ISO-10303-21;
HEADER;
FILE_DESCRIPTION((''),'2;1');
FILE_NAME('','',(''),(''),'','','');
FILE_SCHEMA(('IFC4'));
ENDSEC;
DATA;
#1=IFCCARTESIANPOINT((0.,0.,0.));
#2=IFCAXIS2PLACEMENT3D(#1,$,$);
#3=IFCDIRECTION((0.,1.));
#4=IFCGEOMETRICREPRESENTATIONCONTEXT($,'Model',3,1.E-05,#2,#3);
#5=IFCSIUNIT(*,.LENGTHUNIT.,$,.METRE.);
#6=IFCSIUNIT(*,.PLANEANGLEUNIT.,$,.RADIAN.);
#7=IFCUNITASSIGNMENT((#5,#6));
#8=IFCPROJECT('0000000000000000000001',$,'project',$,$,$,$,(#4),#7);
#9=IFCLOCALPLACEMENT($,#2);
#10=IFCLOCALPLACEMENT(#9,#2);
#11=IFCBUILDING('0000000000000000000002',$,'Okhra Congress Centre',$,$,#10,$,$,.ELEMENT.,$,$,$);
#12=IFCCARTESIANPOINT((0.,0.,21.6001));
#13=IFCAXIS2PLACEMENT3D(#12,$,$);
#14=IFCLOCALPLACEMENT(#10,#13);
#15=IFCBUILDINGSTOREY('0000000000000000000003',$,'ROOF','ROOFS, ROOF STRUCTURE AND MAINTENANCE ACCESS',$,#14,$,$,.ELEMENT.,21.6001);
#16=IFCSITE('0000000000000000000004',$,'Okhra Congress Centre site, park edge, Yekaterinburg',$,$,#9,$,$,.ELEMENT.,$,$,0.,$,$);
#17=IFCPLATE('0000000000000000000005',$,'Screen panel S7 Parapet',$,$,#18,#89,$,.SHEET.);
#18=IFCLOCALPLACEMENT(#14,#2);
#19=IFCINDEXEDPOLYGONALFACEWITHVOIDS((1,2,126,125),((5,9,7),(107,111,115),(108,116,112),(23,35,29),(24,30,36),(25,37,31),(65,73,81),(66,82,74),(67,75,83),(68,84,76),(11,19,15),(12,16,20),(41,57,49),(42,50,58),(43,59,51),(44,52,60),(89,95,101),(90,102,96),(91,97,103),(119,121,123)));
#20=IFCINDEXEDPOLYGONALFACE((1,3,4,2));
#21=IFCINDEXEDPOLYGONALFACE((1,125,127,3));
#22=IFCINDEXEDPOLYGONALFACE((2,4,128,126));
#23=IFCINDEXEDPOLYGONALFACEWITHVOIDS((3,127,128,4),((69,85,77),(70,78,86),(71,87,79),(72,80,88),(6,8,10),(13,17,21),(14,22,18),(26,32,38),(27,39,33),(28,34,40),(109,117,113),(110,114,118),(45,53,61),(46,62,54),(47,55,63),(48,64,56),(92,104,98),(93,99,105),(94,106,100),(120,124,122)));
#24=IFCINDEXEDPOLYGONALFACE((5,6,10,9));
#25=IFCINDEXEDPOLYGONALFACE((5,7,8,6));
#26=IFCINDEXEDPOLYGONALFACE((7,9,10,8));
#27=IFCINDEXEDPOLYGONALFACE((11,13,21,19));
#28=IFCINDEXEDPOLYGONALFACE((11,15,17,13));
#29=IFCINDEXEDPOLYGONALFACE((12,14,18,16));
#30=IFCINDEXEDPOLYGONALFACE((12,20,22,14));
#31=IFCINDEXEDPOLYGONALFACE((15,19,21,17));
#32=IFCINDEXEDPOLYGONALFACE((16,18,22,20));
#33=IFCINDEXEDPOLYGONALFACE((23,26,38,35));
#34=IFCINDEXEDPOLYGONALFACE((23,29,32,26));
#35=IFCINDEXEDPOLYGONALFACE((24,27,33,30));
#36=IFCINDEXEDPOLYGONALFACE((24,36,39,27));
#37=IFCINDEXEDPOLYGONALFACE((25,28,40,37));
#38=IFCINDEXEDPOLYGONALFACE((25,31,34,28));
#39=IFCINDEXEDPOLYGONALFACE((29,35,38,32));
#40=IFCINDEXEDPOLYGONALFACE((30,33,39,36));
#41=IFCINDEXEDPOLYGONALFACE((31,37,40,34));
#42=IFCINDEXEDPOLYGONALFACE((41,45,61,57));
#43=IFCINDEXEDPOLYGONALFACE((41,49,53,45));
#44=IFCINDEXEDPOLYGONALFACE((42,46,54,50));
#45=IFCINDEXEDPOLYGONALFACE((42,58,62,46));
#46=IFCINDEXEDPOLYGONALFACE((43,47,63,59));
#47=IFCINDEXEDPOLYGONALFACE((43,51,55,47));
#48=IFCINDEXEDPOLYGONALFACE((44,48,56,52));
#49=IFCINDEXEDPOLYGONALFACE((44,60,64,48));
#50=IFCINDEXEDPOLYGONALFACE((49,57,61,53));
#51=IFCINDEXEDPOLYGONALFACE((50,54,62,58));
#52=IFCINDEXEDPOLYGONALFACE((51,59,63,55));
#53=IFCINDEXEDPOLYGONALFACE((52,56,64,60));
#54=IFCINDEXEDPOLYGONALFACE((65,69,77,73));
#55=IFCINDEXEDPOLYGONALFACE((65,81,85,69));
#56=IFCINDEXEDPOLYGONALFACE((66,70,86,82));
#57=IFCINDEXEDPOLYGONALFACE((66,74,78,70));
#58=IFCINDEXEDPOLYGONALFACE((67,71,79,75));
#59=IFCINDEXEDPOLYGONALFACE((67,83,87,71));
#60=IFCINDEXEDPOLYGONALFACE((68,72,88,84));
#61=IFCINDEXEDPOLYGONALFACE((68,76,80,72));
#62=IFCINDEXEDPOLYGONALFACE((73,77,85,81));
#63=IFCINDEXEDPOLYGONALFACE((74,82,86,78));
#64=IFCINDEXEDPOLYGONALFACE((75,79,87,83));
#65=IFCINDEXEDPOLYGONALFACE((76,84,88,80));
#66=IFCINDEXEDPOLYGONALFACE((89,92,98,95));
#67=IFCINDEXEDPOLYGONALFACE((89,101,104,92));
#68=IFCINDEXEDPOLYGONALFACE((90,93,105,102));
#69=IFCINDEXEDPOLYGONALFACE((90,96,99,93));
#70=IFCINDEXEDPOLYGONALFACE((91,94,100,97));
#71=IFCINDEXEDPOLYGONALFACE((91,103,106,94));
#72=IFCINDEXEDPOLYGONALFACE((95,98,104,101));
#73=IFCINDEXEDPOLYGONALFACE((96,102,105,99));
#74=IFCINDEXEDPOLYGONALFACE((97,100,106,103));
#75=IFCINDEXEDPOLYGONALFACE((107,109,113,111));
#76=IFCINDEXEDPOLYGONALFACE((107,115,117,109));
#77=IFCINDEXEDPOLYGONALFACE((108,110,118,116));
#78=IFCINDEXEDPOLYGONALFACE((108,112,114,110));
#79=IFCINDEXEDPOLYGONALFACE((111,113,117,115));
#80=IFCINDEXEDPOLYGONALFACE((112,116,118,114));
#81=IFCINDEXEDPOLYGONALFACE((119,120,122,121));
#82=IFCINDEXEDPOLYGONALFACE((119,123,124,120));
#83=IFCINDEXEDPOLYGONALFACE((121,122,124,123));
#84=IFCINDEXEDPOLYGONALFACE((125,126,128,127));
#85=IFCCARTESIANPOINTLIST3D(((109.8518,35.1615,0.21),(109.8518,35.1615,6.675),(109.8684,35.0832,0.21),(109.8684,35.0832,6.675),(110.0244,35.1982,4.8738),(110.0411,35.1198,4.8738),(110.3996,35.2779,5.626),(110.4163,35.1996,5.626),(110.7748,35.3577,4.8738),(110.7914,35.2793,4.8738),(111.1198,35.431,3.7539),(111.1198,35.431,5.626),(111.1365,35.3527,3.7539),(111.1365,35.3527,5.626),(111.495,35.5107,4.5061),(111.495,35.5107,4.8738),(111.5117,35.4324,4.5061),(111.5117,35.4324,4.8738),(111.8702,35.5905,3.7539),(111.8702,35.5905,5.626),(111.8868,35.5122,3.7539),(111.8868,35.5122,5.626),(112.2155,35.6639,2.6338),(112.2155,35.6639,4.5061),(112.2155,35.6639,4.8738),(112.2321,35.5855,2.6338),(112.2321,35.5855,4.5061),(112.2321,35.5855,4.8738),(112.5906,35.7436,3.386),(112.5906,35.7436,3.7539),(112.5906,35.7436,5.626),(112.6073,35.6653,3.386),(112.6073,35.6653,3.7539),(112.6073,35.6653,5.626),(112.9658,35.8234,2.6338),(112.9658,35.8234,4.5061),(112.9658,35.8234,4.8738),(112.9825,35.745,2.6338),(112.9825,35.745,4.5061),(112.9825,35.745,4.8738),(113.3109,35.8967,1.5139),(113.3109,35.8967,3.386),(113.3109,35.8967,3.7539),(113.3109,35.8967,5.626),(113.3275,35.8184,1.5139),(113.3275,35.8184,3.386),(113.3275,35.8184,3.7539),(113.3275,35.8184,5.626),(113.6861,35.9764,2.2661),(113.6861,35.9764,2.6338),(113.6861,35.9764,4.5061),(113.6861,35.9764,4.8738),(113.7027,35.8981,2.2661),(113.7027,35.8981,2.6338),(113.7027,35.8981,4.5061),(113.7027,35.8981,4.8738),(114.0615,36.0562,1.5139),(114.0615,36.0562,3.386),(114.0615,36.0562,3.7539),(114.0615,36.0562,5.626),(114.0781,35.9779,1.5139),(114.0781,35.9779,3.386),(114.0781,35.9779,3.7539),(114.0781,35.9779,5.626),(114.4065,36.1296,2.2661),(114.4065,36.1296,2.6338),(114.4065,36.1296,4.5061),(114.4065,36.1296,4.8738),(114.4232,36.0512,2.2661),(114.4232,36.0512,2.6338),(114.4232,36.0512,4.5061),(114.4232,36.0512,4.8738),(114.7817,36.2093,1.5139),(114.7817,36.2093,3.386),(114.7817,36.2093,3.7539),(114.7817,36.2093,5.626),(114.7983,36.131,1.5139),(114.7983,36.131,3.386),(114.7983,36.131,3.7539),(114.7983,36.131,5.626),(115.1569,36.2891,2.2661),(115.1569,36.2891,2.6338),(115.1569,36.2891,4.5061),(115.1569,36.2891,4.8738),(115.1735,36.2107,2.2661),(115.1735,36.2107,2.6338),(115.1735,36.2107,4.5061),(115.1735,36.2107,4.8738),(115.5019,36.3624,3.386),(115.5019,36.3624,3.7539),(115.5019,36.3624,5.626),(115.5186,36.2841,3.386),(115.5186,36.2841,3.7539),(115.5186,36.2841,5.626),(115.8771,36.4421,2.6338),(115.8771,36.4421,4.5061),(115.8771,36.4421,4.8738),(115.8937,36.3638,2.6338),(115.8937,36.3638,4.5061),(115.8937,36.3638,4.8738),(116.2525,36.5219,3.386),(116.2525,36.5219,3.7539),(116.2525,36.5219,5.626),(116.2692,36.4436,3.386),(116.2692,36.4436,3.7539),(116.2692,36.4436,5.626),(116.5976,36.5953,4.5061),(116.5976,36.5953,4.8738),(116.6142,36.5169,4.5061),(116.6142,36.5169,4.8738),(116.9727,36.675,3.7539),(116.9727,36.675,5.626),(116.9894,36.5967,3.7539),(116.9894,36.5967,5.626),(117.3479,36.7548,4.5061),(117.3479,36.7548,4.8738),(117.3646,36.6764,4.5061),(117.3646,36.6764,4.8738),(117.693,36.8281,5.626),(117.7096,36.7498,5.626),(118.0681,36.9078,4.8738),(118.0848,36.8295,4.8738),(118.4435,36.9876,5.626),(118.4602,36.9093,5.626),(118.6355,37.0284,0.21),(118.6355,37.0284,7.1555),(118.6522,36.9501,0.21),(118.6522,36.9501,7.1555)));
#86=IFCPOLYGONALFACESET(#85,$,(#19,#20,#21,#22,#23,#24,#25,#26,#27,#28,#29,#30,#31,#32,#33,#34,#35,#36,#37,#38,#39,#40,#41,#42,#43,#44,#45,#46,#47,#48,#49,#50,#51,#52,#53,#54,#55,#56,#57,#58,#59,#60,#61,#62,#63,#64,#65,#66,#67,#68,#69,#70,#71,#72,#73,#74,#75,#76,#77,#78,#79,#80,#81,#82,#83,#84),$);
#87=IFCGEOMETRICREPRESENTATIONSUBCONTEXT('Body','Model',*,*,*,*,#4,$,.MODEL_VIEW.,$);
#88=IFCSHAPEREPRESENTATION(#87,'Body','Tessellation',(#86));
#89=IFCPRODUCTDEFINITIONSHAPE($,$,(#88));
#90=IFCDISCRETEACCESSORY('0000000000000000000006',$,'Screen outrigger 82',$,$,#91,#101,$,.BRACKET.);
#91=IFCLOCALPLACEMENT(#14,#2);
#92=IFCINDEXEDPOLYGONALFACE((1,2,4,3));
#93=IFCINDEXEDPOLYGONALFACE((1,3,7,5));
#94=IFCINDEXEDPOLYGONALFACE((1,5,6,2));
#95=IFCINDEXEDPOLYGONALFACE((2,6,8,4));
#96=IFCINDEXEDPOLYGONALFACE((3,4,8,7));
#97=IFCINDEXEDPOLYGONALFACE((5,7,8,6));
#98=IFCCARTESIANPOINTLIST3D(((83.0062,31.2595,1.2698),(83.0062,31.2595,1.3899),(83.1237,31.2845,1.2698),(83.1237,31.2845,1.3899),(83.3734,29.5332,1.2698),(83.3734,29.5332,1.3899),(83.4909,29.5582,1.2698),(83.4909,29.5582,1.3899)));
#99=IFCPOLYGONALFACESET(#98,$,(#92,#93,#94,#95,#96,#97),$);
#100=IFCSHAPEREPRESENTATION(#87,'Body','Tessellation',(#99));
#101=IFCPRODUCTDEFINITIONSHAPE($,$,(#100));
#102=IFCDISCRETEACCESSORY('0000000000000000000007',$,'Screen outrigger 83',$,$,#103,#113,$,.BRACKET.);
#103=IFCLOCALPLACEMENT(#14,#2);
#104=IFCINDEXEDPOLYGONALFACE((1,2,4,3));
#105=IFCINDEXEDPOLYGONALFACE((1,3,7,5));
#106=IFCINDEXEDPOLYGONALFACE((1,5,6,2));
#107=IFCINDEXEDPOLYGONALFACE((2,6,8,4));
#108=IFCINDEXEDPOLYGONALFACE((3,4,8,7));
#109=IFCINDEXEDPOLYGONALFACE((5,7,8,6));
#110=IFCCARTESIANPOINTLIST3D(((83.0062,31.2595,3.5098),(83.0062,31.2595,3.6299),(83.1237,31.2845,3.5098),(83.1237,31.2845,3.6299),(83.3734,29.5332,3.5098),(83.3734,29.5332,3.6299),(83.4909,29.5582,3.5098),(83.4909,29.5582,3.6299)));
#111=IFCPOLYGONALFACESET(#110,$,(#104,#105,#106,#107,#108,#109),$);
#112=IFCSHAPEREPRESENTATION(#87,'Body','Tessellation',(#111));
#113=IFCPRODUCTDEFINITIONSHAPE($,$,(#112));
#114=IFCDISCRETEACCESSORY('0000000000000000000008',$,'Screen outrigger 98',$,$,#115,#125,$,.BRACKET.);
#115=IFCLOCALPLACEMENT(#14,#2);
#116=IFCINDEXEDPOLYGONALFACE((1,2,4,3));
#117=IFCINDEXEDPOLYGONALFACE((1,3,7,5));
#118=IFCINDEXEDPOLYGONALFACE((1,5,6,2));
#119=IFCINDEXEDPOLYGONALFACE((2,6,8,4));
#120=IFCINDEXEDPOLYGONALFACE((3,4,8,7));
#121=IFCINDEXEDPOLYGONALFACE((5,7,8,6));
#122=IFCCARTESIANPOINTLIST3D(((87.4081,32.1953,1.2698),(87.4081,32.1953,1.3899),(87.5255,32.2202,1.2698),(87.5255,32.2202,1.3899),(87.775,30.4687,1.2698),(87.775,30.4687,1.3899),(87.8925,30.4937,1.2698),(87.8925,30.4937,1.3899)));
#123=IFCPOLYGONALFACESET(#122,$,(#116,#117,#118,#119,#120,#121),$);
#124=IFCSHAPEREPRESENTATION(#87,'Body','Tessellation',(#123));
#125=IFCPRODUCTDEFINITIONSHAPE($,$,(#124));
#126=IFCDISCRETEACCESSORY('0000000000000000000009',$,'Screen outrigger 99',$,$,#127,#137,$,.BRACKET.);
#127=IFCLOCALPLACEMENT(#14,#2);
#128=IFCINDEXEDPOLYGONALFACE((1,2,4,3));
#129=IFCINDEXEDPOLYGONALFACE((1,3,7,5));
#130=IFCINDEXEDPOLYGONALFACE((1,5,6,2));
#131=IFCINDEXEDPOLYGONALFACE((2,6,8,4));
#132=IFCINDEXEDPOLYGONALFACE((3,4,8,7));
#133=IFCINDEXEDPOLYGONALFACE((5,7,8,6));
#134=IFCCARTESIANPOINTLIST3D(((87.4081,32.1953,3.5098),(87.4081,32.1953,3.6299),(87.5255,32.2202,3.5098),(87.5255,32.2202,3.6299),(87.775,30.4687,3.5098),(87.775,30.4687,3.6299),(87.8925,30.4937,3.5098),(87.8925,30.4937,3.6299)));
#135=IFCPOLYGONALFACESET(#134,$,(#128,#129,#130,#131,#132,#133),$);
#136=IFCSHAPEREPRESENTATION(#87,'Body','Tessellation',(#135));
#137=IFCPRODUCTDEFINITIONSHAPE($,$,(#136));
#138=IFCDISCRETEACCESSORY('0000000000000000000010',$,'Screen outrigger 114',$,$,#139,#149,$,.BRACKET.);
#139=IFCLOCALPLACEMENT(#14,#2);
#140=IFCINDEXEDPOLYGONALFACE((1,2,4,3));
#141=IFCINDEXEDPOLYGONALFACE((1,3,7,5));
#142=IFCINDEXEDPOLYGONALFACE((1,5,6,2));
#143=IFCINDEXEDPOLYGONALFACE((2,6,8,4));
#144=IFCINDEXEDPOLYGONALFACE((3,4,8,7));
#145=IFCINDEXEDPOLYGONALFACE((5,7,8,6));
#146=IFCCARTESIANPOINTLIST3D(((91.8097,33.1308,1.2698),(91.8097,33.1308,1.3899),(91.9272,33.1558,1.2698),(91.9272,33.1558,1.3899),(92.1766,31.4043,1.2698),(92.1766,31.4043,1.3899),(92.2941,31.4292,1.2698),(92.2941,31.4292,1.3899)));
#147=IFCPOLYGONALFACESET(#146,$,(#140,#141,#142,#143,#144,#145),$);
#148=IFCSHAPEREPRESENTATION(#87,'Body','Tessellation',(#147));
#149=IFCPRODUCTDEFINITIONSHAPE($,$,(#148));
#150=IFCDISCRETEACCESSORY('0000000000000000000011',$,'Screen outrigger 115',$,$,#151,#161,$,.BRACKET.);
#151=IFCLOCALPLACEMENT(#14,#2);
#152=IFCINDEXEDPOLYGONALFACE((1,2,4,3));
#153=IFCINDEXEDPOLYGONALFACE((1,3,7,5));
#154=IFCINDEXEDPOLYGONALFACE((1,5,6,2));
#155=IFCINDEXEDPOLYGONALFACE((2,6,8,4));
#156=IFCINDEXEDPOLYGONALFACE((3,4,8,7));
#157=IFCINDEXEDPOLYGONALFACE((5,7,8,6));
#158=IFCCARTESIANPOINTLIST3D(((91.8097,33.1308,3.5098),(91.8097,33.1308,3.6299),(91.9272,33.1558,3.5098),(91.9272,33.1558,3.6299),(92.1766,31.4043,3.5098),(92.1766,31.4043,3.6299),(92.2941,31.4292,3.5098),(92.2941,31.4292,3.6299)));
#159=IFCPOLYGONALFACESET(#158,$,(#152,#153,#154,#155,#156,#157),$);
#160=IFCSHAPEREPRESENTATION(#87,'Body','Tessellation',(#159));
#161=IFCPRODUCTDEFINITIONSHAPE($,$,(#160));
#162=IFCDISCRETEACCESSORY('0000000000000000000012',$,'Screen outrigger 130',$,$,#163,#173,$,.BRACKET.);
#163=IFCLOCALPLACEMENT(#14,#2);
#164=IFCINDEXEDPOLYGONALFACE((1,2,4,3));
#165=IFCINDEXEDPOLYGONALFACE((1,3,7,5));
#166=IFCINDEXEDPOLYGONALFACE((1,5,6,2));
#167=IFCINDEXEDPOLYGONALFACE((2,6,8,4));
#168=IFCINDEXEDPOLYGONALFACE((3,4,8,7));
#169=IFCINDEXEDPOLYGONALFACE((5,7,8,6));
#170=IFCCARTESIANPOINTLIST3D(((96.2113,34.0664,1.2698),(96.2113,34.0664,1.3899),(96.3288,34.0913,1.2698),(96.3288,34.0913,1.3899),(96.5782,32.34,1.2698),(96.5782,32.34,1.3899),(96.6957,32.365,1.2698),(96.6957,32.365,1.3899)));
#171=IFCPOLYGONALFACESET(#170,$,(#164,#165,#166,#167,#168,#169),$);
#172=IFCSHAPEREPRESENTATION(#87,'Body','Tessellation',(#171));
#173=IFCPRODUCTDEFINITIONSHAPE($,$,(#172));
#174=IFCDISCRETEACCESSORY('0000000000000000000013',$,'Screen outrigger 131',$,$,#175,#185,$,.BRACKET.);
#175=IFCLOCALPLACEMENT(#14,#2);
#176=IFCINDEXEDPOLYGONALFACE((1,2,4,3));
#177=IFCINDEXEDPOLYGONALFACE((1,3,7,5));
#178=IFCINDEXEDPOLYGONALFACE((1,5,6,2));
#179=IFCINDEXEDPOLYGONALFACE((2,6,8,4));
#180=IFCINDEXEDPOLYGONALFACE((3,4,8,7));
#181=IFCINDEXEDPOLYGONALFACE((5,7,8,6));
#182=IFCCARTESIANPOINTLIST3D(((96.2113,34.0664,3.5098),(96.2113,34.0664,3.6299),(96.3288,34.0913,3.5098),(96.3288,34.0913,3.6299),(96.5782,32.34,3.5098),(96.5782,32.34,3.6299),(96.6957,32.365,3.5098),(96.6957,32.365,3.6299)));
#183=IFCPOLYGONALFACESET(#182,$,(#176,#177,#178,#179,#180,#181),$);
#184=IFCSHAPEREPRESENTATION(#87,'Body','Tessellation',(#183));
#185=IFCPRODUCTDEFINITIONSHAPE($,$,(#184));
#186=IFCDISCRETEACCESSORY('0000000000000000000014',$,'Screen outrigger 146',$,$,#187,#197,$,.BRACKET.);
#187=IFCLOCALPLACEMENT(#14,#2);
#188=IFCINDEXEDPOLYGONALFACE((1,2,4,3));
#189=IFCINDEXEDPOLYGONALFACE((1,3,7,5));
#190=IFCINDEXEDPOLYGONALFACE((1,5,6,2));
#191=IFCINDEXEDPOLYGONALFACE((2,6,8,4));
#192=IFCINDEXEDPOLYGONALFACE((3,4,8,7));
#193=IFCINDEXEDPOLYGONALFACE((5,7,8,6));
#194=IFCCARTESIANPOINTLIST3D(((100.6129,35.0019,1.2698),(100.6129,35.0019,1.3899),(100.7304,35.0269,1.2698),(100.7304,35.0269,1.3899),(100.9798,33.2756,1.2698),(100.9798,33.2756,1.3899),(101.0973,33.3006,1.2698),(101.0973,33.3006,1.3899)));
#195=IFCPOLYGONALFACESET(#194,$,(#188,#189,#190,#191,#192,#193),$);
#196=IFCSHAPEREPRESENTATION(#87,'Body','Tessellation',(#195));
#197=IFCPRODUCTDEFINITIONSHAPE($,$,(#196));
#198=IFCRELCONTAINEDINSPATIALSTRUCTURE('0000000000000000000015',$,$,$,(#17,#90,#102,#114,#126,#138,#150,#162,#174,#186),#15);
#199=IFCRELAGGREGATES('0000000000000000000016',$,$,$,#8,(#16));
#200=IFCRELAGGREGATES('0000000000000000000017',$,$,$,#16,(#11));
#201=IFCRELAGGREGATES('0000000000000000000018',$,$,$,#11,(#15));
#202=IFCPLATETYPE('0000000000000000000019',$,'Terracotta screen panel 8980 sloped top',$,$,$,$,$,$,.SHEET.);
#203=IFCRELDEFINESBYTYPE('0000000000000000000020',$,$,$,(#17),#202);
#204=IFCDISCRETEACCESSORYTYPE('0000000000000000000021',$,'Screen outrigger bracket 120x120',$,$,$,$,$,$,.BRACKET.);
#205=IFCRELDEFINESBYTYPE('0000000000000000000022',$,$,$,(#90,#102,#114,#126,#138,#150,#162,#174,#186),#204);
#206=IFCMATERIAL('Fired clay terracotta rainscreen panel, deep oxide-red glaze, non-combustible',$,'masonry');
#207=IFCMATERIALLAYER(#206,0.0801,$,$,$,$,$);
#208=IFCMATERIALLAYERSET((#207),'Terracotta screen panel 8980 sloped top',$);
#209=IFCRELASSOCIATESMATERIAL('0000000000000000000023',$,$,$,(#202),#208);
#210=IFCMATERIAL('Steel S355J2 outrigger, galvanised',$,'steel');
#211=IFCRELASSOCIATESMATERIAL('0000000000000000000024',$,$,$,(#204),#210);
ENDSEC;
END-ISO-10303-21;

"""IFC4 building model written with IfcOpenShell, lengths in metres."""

from ifc_helpers import new_model, si_unit, direction, frame, origin, origin_2d, place, context, subcontext, project, spatial, polyline, rectangle, outline, extrude, material, layer, layer_set, material_profile, profile_set, type_object, element, save


model = new_model("IFC4")

# Units and contexts
model_context = context("Model", 3, precision=1e-05, world=origin(), true_north=direction((0.0, 1.0)))
body_context = subcontext(model_context, "Body", "Model", "MODEL_VIEW")
ifc_project = project(units=[si_unit("LENGTHUNIT", "METRE"), si_unit("PLANEANGLEUNIT", "RADIAN")], contexts=[model_context])

# Site, building, storey
site_placement = place(None, origin())
site = spatial("IfcSite", under=ifc_project, at=site_placement, Name="Okhra Congress Centre site, park edge, Yekaterinburg", CompositionType="ELEMENT", RefElevation=0.0)
building_placement = place(site_placement, origin())
building = spatial("IfcBuilding", under=site, at=building_placement, Name="Okhra Congress Centre", CompositionType="ELEMENT")
storey_placement = place(building_placement, frame((0.0, 0.0, 21.6001)))
storey = spatial("IfcBuildingStorey", under=building, at=storey_placement, Name="ROOF", Description="ROOFS, ROOF STRUCTURE AND MAINTENANCE ACCESS", CompositionType="ELEMENT", Elevation=21.6001)

# Plate
ifc_material_1 = material(Name="Fired clay terracotta rainscreen panel, deep oxide-red glaze, non-combustible", Category="masonry")
ifc_layer = layer(ifc_material_1, 0.0801)
ifc_layer_set = layer_set([ifc_layer], Name="Terracotta screen panel 8980 sloped top")
plate_type = type_object("IfcPlateType", Name="Terracotta screen panel 8980 sloped top", PredefinedType="SHEET", material=ifc_layer_set)
plate_1_placement = place(storey_placement, frame((109.8601, 35.1223, 0.21), z_axis=(0.0, 0.0, 1.0), x_axis=(0.97815, 0.207902, 0.0)))
element("IfcPlate", 1, at=plate_1_placement, inside=storey, type_object=plate_type, Name="Screen panel S7 Parapet", PredefinedType="SHEET", context=body_context, shape_type="SweptSolid", body=[
    extrude(outline(polyline([(0.0, 0.0), (8.98, 0.0), (8.98, 6.9456), (0.0, 6.4651), (0.0, 0.0)]), holes=[polyline([(3.5364, 1.304), (4.3037, 1.304), (3.9199, 2.0562), (3.5364, 1.304)]), polyline([(4.6565, 2.0562), (5.04, 1.304), (5.4236, 2.0562), (4.6565, 2.0562)]), polyline([(2.4165, 2.4238), (3.1836, 2.4238), (2.8, 3.176), (2.4165, 2.4238)]), polyline([(3.5364, 3.176), (3.9199, 2.4238), (4.3037, 3.176), (3.5364, 3.176)]), polyline([(4.6565, 2.4238), (5.4236, 2.4238), (5.04, 3.176), (4.6565, 2.4238)]), polyline([(5.7764, 3.176), (6.1599, 2.4238), (6.5437, 3.176), (5.7764, 3.176)]), polyline([(1.2964, 3.5439), (2.0635, 3.5439), (1.6799, 4.2961), (1.2964, 3.5439)]), polyline([(2.4165, 4.2961), (2.8, 3.5439), (3.1836, 4.2961), (2.4165, 4.2961)]), polyline([(3.5364, 3.5439), (4.3037, 3.5439), (3.9199, 4.2961), (3.5364, 3.5439)]), polyline([(4.6565, 4.2961), (5.04, 3.5439), (5.4236, 4.2961), (4.6565, 4.2961)]), polyline([(5.7764, 3.5439), (6.5437, 3.5439), (6.1599, 4.2961), (5.7764, 3.5439)]), polyline([(6.8965, 4.2961), (7.28, 3.5439), (7.6636, 4.2961), (6.8965, 4.2961)]), polyline([(0.1765, 4.6638), (0.9436, 4.6638), (0.5601, 5.416), (0.1765, 4.6638)]), polyline([(1.2964, 5.416), (1.6799, 4.6638), (2.0635, 5.416), (1.2964, 5.416)]), polyline([(2.4165, 4.6638), (3.1836, 4.6638), (2.8, 5.416), (2.4165, 4.6638)]), polyline([(3.5364, 5.416), (3.9199, 4.6638), (4.3037, 5.416), (3.5364, 5.416)]), polyline([(4.6565, 4.6638), (5.4236, 4.6638), (5.04, 5.416), (4.6565, 4.6638)]), polyline([(5.7764, 5.416), (6.1599, 4.6638), (6.5437, 5.416), (5.7764, 5.416)]), polyline([(6.8965, 4.6638), (7.6636, 4.6638), (7.28, 5.416), (6.8965, 4.6638)]), polyline([(8.0164, 5.416), (8.3999, 4.6638), (8.7837, 5.416), (8.0164, 5.416)])]), frame((0.0, 0.04, 0.0), z_axis=(0.0, -1.0, 0.0), x_axis=(1.0, 0.0, 0.0)), (0.0, 0.0, 1.0), 0.0801),
])

# Discrete accessories
ifc_material_2 = material(Name="Steel S355J2 outrigger, galvanised", Category="steel")
ifc_material_profile_1 = material_profile(ifc_material_2, rectangle(XDim=0.1201, YDim=0.1201, at=origin_2d()), Name="Screen outrigger bracket 120x120")
ifc_profile_set_1 = profile_set([ifc_material_profile_1], Name="Steel S355J2 outrigger, galvanised")
discrete_accessory_type = type_object("IfcDiscreteAccessoryType", Name="Screen outrigger bracket 120x120", PredefinedType="BRACKET", material=ifc_profile_set_1)
for number, where, z_axis, x_axis, name in (
    (2, (83.0649, 31.272, 1.3298), (0.208046, -0.978119, 0.0), (0.978119, 0.208046, 0.0), "Screen outrigger 82"),
    (3, (83.0649, 31.272, 3.5698), (0.208046, -0.978119, 0.0), (0.978119, 0.208046, 0.0), "Screen outrigger 83"),
):
    element("IfcDiscreteAccessory", number, at=place(storey_placement, frame(where, z_axis=z_axis, x_axis=x_axis)), inside=storey, type_object=discrete_accessory_type, Name=name, PredefinedType="BRACKET", context=body_context, shape_type="SweptSolid", body=[
        extrude(rectangle(XDim=0.1201, YDim=0.1201, at=origin_2d()), origin(), (0.0, 0.0, 1.0), 1.7649),
    ])
for number, where, z_axis, x_axis, name in (
    (4, (87.4668, 32.2078, 1.3298), (0.207885, -0.978153, 0.0), (0.978153, 0.207885, 0.0), "Screen outrigger 98"),
    (5, (87.4668, 32.2078, 3.5698), (0.207885, -0.978153, 0.0), (0.978153, 0.207885, 0.0), "Screen outrigger 99"),
    (6, (91.8684, 33.1433, 1.3298), (0.207885, -0.978153, 0.0), (0.978153, 0.207885, 0.0), "Screen outrigger 114"),
    (7, (91.8684, 33.1433, 3.5698), (0.207885, -0.978153, 0.0), (0.978153, 0.207885, 0.0), "Screen outrigger 115"),
):
    element("IfcDiscreteAccessory", number, at=place(storey_placement, frame(where, z_axis=z_axis, x_axis=x_axis)), inside=storey, type_object=discrete_accessory_type, Name=name, PredefinedType="BRACKET", context=body_context, shape_type="SweptSolid", body=[
        extrude(rectangle(XDim=0.1201, YDim=0.1201, at=origin_2d()), origin(), (0.0, 0.0, 1.0), 1.7651),
    ])
for number, where, z_axis, x_axis, name in (
    (8, (96.27, 34.0789, 1.3298), (0.207913, -0.978147, 0.0), (0.978147, 0.207913, 0.0), "Screen outrigger 130"),
    (9, (96.27, 34.0789, 3.5698), (0.207913, -0.978147, 0.0), (0.978147, 0.207913, 0.0), "Screen outrigger 131"),
    (10, (100.6716, 35.0144, 1.3298), (0.207913, -0.978147, 0.0), (0.978147, 0.207913, 0.0), "Screen outrigger 146"),
):
    element("IfcDiscreteAccessory", number, at=place(storey_placement, frame(where, z_axis=z_axis, x_axis=x_axis)), inside=storey, type_object=discrete_accessory_type, Name=name, PredefinedType="BRACKET", context=body_context, shape_type="SweptSolid", body=[
        extrude(rectangle(XDim=0.1201, YDim=0.1201, at=origin_2d()), origin(), (0.0, 0.0, 1.0), 1.7649),
    ])

save(model, "model.ifc")
